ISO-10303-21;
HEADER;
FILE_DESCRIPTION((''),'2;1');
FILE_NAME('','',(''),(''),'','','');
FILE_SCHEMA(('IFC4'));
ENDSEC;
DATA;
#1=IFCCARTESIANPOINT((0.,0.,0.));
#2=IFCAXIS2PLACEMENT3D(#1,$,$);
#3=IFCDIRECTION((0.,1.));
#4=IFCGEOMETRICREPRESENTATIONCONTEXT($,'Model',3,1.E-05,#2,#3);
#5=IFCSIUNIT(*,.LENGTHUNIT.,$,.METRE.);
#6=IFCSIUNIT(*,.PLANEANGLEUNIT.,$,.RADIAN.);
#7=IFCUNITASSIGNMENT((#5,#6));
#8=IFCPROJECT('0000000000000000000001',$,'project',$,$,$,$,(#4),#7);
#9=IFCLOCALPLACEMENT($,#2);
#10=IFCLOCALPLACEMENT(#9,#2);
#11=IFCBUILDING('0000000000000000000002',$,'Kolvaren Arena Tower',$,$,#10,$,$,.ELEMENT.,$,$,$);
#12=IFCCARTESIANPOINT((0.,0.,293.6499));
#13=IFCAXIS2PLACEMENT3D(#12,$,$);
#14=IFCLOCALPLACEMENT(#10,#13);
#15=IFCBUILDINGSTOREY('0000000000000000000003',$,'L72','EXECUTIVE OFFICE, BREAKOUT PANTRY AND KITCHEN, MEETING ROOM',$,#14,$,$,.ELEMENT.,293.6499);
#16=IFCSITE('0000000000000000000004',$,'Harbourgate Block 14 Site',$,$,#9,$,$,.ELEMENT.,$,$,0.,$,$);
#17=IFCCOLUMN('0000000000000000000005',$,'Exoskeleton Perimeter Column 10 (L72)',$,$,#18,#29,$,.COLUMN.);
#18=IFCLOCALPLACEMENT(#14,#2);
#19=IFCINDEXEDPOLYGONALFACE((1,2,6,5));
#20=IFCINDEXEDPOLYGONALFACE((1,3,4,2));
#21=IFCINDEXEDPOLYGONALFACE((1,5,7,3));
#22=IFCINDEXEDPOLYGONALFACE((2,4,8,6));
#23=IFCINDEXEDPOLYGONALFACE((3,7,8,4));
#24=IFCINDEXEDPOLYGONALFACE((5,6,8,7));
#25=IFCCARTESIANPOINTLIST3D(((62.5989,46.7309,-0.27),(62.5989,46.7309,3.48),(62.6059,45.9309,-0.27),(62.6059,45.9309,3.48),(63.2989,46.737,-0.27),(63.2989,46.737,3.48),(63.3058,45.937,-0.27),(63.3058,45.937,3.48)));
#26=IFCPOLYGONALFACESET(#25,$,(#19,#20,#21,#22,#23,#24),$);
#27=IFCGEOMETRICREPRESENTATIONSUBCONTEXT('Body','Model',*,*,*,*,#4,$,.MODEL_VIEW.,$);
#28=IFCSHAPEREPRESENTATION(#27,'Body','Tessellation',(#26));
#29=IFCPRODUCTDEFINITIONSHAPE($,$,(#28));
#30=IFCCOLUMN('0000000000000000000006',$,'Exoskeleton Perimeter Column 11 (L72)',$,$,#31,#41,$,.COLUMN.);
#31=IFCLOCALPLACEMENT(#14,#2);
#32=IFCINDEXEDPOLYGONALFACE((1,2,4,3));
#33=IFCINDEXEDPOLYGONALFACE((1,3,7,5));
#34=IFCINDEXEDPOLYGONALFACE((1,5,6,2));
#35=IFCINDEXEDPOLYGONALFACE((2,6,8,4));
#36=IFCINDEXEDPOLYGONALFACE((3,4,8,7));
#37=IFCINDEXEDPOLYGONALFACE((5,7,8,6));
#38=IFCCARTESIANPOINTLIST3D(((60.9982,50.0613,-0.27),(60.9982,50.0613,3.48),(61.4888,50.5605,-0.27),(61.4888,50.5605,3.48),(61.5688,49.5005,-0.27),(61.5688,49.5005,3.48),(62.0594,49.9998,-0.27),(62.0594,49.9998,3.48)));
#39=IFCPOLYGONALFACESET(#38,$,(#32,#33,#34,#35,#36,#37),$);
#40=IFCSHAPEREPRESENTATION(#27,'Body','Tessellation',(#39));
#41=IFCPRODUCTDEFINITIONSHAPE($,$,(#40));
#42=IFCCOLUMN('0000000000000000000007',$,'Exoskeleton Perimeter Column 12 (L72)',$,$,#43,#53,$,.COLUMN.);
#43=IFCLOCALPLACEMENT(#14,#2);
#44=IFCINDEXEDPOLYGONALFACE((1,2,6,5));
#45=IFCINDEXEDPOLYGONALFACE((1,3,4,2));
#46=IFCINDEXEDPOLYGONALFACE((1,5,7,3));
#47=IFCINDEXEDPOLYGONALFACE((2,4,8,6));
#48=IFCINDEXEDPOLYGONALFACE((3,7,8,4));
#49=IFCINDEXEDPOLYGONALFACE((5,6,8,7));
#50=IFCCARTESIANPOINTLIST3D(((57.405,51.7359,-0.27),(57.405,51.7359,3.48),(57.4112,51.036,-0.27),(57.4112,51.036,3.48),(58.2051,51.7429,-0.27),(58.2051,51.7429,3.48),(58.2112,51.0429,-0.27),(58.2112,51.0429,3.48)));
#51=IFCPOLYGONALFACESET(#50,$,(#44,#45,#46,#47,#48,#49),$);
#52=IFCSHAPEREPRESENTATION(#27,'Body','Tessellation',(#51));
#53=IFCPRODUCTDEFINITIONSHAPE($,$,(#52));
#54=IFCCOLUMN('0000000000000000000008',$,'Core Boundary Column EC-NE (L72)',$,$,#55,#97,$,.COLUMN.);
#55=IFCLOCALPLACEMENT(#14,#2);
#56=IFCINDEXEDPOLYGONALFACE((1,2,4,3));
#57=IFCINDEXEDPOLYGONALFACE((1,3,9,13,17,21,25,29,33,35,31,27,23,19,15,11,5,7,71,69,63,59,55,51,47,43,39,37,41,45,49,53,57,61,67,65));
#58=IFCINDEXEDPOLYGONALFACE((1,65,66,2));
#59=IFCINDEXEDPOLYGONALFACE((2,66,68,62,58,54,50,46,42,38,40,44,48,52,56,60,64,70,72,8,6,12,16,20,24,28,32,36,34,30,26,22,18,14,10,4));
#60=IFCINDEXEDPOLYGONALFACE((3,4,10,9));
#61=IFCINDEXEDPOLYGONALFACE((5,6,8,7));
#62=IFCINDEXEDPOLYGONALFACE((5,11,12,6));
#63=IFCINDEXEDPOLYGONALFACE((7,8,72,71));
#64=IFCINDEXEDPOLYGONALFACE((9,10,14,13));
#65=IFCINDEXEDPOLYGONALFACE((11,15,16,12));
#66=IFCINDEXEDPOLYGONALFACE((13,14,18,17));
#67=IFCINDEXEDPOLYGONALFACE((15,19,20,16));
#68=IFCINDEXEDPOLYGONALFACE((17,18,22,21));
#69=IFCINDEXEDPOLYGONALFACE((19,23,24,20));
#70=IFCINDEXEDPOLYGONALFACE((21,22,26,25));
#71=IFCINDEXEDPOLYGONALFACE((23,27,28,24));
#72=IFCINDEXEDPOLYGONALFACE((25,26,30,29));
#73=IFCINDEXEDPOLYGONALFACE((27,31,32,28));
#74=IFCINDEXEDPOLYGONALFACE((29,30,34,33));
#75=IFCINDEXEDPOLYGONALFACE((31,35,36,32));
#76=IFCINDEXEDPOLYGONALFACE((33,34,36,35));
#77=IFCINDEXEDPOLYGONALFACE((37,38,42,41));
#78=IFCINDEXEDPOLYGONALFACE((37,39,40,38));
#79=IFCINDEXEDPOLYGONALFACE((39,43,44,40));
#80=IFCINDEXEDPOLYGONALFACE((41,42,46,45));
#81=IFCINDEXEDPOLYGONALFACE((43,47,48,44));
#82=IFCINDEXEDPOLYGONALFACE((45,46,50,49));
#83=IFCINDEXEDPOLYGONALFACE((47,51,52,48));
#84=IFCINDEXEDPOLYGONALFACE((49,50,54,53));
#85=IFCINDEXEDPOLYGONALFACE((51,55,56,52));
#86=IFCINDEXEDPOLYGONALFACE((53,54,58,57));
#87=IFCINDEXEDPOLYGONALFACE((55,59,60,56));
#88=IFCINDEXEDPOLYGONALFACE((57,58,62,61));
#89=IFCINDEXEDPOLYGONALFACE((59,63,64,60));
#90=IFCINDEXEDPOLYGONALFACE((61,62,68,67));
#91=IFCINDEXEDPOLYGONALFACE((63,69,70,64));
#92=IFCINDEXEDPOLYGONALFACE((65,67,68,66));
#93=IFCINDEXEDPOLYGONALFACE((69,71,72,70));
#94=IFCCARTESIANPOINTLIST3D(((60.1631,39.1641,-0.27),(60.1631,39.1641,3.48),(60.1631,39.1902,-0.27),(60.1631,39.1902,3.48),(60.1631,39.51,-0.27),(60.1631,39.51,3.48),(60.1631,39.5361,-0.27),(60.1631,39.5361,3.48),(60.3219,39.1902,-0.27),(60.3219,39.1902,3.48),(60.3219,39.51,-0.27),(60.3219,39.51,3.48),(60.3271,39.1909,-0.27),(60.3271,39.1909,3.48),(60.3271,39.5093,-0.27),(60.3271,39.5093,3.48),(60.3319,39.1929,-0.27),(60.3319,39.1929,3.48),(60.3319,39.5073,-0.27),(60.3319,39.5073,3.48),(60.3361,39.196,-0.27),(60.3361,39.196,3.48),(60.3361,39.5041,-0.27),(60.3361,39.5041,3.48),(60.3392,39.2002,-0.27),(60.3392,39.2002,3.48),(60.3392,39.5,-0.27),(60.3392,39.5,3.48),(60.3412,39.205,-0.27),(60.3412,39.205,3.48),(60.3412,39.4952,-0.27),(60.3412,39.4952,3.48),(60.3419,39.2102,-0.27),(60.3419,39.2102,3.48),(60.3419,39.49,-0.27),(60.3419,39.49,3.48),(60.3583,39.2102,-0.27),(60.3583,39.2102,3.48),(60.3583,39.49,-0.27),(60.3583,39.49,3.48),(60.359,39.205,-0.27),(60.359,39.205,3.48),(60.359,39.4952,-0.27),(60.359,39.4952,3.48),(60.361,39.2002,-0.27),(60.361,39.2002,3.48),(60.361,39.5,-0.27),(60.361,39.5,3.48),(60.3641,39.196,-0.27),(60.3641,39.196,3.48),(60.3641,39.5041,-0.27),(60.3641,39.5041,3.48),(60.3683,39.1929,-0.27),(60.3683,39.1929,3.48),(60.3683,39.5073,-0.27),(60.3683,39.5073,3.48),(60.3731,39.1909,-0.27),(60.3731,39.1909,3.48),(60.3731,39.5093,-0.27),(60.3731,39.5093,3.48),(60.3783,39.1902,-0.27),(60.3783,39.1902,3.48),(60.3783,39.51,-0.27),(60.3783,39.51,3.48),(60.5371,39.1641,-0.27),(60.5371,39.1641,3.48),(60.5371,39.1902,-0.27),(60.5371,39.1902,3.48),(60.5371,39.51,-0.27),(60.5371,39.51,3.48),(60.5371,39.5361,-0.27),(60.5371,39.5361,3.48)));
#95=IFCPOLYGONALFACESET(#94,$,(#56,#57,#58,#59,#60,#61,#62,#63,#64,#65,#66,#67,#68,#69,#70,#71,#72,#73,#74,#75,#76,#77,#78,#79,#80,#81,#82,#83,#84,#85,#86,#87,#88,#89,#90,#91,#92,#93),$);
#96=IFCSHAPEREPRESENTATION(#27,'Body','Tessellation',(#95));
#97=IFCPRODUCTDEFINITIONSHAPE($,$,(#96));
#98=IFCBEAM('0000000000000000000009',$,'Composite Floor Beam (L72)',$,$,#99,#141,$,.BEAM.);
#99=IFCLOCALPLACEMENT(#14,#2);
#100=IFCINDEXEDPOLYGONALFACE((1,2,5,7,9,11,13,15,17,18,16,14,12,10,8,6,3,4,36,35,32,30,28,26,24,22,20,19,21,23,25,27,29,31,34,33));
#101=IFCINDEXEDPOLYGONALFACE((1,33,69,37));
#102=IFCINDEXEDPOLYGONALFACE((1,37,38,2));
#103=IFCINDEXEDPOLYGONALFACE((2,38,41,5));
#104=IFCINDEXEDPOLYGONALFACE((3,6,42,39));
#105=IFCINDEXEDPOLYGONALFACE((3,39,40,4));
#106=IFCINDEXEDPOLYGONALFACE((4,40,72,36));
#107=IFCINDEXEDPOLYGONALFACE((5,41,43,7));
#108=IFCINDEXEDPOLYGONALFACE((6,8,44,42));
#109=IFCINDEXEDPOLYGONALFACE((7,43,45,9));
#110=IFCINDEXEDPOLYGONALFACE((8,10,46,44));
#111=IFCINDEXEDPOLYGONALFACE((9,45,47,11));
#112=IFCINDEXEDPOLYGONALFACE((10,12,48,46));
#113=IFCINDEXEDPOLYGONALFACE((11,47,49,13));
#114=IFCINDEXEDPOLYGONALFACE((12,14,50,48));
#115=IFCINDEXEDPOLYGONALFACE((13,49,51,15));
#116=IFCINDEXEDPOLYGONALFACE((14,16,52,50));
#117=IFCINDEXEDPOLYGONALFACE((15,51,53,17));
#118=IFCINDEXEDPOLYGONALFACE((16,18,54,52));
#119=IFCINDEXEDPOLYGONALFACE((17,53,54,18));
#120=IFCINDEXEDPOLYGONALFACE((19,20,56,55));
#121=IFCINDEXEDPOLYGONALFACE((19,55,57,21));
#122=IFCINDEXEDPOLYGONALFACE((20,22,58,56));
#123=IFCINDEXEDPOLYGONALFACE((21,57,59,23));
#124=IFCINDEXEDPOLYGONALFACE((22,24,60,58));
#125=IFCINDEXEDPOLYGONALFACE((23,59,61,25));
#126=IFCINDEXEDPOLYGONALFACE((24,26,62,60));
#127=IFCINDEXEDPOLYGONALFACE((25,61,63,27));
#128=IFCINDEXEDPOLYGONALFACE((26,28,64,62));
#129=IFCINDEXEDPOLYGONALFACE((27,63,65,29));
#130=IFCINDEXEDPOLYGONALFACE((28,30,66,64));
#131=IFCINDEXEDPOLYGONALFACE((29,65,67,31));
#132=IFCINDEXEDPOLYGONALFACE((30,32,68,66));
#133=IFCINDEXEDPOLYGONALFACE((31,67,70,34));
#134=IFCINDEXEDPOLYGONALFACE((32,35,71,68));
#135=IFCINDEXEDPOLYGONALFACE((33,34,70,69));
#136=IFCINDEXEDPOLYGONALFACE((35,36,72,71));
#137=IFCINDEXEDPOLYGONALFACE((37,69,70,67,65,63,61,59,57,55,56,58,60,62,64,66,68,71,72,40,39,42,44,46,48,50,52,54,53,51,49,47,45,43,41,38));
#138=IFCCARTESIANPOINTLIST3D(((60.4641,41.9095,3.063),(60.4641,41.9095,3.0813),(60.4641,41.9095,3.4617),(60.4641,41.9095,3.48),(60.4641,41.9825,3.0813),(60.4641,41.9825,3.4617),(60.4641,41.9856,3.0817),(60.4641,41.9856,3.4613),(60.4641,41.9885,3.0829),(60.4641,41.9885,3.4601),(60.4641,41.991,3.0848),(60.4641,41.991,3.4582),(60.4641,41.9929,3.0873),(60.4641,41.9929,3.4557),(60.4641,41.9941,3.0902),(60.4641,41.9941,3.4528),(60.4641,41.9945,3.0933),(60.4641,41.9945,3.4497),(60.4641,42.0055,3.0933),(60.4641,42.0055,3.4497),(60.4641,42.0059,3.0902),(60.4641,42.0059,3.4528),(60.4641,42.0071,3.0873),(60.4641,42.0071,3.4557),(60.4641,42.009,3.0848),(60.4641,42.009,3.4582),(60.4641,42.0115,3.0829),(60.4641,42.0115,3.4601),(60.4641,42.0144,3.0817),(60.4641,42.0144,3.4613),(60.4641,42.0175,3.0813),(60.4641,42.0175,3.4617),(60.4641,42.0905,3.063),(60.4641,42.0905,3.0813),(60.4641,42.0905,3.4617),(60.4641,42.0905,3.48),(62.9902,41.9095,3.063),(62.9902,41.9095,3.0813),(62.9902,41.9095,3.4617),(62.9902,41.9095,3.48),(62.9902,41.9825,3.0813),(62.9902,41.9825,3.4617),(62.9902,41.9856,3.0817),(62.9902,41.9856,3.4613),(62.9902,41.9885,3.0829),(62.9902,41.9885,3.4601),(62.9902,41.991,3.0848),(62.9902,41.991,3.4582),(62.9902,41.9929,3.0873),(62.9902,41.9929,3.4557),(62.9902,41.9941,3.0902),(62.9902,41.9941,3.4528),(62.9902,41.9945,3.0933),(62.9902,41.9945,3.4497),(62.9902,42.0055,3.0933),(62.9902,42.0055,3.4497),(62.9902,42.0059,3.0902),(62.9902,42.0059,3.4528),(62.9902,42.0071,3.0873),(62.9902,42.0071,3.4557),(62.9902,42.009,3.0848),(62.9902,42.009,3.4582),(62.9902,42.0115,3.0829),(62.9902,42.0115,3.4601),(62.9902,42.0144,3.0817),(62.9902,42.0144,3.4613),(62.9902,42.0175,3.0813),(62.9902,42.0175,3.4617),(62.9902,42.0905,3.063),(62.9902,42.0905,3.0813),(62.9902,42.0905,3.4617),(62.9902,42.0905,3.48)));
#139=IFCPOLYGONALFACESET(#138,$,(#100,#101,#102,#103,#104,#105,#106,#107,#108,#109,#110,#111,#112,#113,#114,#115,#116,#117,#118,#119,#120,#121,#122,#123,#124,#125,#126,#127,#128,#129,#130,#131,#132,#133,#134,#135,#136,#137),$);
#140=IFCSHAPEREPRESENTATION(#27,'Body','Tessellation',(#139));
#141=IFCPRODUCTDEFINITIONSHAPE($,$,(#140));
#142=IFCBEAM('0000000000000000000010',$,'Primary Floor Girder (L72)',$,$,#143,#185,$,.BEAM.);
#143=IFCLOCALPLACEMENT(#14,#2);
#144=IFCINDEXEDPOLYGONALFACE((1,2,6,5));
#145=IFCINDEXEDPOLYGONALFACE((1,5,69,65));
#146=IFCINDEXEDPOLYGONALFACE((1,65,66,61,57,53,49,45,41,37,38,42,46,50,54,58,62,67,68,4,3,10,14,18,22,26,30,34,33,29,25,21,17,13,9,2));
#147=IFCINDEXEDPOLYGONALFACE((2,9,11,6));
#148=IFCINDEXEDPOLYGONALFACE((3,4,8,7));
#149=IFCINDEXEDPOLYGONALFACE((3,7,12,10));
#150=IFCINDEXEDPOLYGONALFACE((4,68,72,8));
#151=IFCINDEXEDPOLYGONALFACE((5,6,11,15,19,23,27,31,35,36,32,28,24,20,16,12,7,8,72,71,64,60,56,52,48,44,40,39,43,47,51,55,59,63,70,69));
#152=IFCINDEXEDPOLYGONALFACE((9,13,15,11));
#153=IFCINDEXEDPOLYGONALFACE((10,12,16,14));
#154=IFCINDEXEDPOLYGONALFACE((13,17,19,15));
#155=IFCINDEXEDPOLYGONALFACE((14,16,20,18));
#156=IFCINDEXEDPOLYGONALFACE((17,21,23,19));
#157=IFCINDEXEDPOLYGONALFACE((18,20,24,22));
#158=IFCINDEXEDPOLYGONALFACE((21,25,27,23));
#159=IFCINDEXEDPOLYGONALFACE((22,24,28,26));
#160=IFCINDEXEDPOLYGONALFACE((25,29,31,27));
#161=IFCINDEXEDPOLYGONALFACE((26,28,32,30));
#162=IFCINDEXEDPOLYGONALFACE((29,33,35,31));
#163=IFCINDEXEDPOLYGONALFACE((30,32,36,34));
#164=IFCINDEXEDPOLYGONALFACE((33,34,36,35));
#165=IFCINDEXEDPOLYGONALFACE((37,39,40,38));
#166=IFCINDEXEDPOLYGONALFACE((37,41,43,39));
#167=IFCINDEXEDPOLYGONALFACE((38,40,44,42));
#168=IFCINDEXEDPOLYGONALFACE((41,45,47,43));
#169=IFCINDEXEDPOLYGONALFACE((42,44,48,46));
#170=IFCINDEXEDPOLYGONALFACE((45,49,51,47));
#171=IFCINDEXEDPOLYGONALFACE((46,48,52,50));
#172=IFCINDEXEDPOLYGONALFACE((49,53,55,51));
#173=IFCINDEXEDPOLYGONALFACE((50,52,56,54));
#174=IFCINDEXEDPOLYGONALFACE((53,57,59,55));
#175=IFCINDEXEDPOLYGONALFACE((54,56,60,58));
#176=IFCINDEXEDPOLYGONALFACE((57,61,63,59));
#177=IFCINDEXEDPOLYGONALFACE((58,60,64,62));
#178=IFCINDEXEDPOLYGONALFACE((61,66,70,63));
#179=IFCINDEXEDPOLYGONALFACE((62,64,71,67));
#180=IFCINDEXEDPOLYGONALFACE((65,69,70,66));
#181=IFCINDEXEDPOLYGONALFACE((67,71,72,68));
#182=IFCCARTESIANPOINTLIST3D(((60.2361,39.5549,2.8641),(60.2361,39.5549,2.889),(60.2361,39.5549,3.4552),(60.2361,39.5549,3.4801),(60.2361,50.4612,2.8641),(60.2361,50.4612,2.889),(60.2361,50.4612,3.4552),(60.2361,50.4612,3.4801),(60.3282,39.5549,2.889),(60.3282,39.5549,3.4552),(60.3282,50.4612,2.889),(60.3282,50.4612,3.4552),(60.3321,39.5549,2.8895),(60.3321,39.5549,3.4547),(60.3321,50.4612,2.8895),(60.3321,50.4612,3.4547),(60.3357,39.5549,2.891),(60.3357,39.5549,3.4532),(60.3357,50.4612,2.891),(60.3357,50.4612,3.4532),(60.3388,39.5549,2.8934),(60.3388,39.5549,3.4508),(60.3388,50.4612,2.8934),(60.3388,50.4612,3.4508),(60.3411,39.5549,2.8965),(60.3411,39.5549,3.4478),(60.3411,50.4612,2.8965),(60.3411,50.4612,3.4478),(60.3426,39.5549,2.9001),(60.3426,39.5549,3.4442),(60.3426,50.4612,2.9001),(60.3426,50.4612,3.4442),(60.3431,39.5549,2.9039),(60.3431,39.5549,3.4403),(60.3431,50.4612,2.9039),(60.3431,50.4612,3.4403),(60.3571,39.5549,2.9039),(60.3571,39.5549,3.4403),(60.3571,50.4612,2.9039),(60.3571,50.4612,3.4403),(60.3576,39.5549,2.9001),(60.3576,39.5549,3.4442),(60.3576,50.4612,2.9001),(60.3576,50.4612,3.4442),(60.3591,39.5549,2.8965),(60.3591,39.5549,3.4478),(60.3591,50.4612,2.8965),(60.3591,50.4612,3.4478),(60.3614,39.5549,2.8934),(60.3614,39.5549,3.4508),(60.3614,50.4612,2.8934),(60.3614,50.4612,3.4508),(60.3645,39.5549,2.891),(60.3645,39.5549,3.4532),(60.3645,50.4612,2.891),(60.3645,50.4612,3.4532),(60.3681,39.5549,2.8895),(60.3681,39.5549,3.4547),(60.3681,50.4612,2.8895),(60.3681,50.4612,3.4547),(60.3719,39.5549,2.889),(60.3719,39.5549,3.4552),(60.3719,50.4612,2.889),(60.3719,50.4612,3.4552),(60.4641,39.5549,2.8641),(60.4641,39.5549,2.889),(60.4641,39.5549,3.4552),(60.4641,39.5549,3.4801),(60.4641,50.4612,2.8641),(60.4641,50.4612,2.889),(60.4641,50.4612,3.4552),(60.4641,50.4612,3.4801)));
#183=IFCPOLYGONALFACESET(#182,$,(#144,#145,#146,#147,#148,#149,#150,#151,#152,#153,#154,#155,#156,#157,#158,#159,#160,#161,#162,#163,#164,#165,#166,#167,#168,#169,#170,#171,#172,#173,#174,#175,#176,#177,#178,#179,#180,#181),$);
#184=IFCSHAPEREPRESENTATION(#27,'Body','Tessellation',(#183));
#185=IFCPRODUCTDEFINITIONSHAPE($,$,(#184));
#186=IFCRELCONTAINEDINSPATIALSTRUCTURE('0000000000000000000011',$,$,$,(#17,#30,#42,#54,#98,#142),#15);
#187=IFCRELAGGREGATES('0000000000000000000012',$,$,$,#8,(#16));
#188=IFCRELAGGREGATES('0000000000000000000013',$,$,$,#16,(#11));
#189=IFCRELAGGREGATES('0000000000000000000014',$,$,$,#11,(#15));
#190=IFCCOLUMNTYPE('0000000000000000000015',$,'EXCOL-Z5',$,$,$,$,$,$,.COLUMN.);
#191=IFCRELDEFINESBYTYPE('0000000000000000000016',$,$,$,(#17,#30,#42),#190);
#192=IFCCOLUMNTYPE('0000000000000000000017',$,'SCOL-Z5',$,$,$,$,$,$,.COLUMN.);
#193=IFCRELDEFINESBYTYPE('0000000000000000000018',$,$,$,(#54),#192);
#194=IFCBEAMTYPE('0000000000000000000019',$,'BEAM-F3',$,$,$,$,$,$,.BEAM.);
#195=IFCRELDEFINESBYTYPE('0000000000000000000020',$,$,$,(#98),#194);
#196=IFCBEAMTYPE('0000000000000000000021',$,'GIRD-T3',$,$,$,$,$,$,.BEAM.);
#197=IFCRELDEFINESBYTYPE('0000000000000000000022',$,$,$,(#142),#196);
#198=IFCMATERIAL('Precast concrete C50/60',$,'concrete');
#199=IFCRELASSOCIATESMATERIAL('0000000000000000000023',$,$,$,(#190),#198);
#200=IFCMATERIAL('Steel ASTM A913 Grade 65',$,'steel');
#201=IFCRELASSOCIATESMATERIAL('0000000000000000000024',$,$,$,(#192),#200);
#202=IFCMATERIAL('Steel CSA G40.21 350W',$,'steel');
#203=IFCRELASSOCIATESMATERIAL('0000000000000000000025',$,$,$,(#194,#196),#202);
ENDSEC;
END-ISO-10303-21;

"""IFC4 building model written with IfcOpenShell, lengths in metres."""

from ifc_helpers import new_model, si_unit, direction, frame, origin, origin_2d, place, context, subcontext, project, spatial, rectangle, i_section, extrude, material, material_profile, profile_set, type_object, element, save


model = new_model("IFC4")

# Units and contexts
model_context = context("Model", 3, precision=1e-05, world=origin(), true_north=direction((0.0, 1.0)))
body_context = subcontext(model_context, "Body", "Model", "MODEL_VIEW")
ifc_project = project(units=[si_unit("LENGTHUNIT", "METRE"), si_unit("PLANEANGLEUNIT", "RADIAN")], contexts=[model_context])

# Site, building, storey
site_placement = place(None, origin())
site = spatial("IfcSite", under=ifc_project, at=site_placement, Name="Harbourgate Block 14 Site", CompositionType="ELEMENT", RefElevation=0.0)
building_placement = place(site_placement, origin())
building = spatial("IfcBuilding", under=site, at=building_placement, Name="Kolvaren Arena Tower", CompositionType="ELEMENT")
storey_placement = place(building_placement, frame((0.0, 0.0, 293.6499)))
storey = spatial("IfcBuildingStorey", under=building, at=storey_placement, Name="L72", Description="EXECUTIVE OFFICE, BREAKOUT PANTRY AND KITCHEN, MEETING ROOM", CompositionType="ELEMENT", Elevation=293.6499)

# Columns
ifc_material_1 = material(Name="Precast concrete C50/60", Category="concrete")
ifc_material_profile_1 = material_profile(ifc_material_1, rectangle(XDim=0.8, YDim=0.7, at=origin_2d()), Name="RC-800x700")
ifc_profile_set_1 = profile_set([ifc_material_profile_1], Name="Precast concrete C50/60")
column_type_1 = type_object("IfcColumnType", Name="EXCOL-Z5", PredefinedType="COLUMN", material=ifc_profile_set_1)
for number, where, z_axis, x_axis, name in (
    (1, (62.9524, 46.334, -0.27), (0.0, 0.0, 1.0), (-0.008727, 0.999962, 0.0), "Exoskeleton Perimeter Column 10 (L72)"),
    (2, (61.5288, 50.0305, -0.27), (0.0, 0.0, 1.0), (-0.71325, 0.700909, 0.0), "Exoskeleton Perimeter Column 11 (L72)"),
    (3, (57.8081, 51.3894, -0.27), (0.0, 0.0, 1.0), (0.999962, 0.008727, 0.0), "Exoskeleton Perimeter Column 12 (L72)"),
):
    element("IfcColumn", number, at=place(storey_placement, frame(where, z_axis=z_axis, x_axis=x_axis)), inside=storey, type_object=column_type_1, Name=name, PredefinedType="COLUMN", context=body_context, shape_type="SweptSolid", body=[
        extrude(rectangle(XDim=0.8, YDim=0.7, at=origin_2d()), origin(), (0.0, 0.0, 1.0), 3.75),
    ])
ifc_material_2 = material(Name="Steel ASTM A913 Grade 65", Category="steel")
ifc_material_profile_2 = material_profile(ifc_material_2, i_section(OverallWidth=0.374, OverallDepth=0.3721, WebThickness=0.0164, FlangeThickness=0.0261, FilletRadius=0.02, at=origin_2d()), Name="W360x196")
ifc_profile_set_2 = profile_set([ifc_material_profile_2], Name="Steel ASTM A913 Grade 65")
column_type_2 = type_object("IfcColumnType", Name="SCOL-Z5", PredefinedType="COLUMN", material=ifc_profile_set_2)
column_placement = place(storey_placement, frame((60.3501, 39.3501, -0.27), z_axis=(0.0, 0.0, 1.0), x_axis=(1.0, 0.0, 0.0)))
element("IfcColumn", 4, at=column_placement, inside=storey, type_object=column_type_2, Name="Core Boundary Column EC-NE (L72)", PredefinedType="COLUMN", context=body_context, shape_type="SweptSolid", body=[
    extrude(i_section(OverallWidth=0.374, OverallDepth=0.3721, WebThickness=0.0164, FlangeThickness=0.0261, FilletRadius=0.02, at=origin_2d()), origin(), (0.0, 0.0, 1.0), 3.75),
])

# Beams
ifc_material_3 = material(Name="Steel CSA G40.21 350W", Category="steel")
ifc_material_profile_3 = material_profile(ifc_material_3, i_section(OverallWidth=0.1809, OverallDepth=0.417, WebThickness=0.011, FlangeThickness=0.0183, FilletRadius=0.012, at=origin_2d()), Name="W410x85")
ifc_profile_set_3 = profile_set([ifc_material_profile_3], Name="Steel CSA G40.21 350W")
beam_type_1 = type_object("IfcBeamType", Name="BEAM-F3", PredefinedType="BEAM", material=ifc_profile_set_3)
beam_1_placement = place(storey_placement, frame((60.4641, 42.0, 3.2715), z_axis=(1.0, 0.0, 0.0), x_axis=(0.0, 1.0, 0.0)))
element("IfcBeam", 5, at=beam_1_placement, inside=storey, type_object=beam_type_1, Name="Composite Floor Beam (L72)", PredefinedType="BEAM", context=body_context, shape_type="SweptSolid", body=[
    extrude(i_section(OverallWidth=0.1809, OverallDepth=0.417, WebThickness=0.011, FlangeThickness=0.0183, FilletRadius=0.012, at=origin_2d()), origin(), (0.0, 0.0, 1.0), 2.5261),
])
ifc_material_profile_4 = material_profile(ifc_material_3, i_section(OverallWidth=0.228, OverallDepth=0.616, WebThickness=0.0139, FlangeThickness=0.0249, FilletRadius=0.0149, at=origin_2d()), Name="W610x174")
ifc_profile_set_4 = profile_set([ifc_material_profile_4], Name="Steel CSA G40.21 350W")
beam_type_2 = type_object("IfcBeamType", Name="GIRD-T3", PredefinedType="BEAM", material=ifc_profile_set_4)
beam_2_placement = place(storey_placement, frame((60.3501, 39.5549, 3.1721), z_axis=(0.0, 1.0, 0.0), x_axis=(-1.0, 0.0, 0.0)))
element("IfcBeam", 6, at=beam_2_placement, inside=storey, type_object=beam_type_2, Name="Primary Floor Girder (L72)", PredefinedType="BEAM", context=body_context, shape_type="SweptSolid", body=[
    extrude(i_section(OverallWidth=0.228, OverallDepth=0.616, WebThickness=0.0139, FlangeThickness=0.0249, FilletRadius=0.0149, at=origin_2d()), origin(), (0.0, 0.0, 1.0), 10.9062),
])

save(model, "model.ifc")
